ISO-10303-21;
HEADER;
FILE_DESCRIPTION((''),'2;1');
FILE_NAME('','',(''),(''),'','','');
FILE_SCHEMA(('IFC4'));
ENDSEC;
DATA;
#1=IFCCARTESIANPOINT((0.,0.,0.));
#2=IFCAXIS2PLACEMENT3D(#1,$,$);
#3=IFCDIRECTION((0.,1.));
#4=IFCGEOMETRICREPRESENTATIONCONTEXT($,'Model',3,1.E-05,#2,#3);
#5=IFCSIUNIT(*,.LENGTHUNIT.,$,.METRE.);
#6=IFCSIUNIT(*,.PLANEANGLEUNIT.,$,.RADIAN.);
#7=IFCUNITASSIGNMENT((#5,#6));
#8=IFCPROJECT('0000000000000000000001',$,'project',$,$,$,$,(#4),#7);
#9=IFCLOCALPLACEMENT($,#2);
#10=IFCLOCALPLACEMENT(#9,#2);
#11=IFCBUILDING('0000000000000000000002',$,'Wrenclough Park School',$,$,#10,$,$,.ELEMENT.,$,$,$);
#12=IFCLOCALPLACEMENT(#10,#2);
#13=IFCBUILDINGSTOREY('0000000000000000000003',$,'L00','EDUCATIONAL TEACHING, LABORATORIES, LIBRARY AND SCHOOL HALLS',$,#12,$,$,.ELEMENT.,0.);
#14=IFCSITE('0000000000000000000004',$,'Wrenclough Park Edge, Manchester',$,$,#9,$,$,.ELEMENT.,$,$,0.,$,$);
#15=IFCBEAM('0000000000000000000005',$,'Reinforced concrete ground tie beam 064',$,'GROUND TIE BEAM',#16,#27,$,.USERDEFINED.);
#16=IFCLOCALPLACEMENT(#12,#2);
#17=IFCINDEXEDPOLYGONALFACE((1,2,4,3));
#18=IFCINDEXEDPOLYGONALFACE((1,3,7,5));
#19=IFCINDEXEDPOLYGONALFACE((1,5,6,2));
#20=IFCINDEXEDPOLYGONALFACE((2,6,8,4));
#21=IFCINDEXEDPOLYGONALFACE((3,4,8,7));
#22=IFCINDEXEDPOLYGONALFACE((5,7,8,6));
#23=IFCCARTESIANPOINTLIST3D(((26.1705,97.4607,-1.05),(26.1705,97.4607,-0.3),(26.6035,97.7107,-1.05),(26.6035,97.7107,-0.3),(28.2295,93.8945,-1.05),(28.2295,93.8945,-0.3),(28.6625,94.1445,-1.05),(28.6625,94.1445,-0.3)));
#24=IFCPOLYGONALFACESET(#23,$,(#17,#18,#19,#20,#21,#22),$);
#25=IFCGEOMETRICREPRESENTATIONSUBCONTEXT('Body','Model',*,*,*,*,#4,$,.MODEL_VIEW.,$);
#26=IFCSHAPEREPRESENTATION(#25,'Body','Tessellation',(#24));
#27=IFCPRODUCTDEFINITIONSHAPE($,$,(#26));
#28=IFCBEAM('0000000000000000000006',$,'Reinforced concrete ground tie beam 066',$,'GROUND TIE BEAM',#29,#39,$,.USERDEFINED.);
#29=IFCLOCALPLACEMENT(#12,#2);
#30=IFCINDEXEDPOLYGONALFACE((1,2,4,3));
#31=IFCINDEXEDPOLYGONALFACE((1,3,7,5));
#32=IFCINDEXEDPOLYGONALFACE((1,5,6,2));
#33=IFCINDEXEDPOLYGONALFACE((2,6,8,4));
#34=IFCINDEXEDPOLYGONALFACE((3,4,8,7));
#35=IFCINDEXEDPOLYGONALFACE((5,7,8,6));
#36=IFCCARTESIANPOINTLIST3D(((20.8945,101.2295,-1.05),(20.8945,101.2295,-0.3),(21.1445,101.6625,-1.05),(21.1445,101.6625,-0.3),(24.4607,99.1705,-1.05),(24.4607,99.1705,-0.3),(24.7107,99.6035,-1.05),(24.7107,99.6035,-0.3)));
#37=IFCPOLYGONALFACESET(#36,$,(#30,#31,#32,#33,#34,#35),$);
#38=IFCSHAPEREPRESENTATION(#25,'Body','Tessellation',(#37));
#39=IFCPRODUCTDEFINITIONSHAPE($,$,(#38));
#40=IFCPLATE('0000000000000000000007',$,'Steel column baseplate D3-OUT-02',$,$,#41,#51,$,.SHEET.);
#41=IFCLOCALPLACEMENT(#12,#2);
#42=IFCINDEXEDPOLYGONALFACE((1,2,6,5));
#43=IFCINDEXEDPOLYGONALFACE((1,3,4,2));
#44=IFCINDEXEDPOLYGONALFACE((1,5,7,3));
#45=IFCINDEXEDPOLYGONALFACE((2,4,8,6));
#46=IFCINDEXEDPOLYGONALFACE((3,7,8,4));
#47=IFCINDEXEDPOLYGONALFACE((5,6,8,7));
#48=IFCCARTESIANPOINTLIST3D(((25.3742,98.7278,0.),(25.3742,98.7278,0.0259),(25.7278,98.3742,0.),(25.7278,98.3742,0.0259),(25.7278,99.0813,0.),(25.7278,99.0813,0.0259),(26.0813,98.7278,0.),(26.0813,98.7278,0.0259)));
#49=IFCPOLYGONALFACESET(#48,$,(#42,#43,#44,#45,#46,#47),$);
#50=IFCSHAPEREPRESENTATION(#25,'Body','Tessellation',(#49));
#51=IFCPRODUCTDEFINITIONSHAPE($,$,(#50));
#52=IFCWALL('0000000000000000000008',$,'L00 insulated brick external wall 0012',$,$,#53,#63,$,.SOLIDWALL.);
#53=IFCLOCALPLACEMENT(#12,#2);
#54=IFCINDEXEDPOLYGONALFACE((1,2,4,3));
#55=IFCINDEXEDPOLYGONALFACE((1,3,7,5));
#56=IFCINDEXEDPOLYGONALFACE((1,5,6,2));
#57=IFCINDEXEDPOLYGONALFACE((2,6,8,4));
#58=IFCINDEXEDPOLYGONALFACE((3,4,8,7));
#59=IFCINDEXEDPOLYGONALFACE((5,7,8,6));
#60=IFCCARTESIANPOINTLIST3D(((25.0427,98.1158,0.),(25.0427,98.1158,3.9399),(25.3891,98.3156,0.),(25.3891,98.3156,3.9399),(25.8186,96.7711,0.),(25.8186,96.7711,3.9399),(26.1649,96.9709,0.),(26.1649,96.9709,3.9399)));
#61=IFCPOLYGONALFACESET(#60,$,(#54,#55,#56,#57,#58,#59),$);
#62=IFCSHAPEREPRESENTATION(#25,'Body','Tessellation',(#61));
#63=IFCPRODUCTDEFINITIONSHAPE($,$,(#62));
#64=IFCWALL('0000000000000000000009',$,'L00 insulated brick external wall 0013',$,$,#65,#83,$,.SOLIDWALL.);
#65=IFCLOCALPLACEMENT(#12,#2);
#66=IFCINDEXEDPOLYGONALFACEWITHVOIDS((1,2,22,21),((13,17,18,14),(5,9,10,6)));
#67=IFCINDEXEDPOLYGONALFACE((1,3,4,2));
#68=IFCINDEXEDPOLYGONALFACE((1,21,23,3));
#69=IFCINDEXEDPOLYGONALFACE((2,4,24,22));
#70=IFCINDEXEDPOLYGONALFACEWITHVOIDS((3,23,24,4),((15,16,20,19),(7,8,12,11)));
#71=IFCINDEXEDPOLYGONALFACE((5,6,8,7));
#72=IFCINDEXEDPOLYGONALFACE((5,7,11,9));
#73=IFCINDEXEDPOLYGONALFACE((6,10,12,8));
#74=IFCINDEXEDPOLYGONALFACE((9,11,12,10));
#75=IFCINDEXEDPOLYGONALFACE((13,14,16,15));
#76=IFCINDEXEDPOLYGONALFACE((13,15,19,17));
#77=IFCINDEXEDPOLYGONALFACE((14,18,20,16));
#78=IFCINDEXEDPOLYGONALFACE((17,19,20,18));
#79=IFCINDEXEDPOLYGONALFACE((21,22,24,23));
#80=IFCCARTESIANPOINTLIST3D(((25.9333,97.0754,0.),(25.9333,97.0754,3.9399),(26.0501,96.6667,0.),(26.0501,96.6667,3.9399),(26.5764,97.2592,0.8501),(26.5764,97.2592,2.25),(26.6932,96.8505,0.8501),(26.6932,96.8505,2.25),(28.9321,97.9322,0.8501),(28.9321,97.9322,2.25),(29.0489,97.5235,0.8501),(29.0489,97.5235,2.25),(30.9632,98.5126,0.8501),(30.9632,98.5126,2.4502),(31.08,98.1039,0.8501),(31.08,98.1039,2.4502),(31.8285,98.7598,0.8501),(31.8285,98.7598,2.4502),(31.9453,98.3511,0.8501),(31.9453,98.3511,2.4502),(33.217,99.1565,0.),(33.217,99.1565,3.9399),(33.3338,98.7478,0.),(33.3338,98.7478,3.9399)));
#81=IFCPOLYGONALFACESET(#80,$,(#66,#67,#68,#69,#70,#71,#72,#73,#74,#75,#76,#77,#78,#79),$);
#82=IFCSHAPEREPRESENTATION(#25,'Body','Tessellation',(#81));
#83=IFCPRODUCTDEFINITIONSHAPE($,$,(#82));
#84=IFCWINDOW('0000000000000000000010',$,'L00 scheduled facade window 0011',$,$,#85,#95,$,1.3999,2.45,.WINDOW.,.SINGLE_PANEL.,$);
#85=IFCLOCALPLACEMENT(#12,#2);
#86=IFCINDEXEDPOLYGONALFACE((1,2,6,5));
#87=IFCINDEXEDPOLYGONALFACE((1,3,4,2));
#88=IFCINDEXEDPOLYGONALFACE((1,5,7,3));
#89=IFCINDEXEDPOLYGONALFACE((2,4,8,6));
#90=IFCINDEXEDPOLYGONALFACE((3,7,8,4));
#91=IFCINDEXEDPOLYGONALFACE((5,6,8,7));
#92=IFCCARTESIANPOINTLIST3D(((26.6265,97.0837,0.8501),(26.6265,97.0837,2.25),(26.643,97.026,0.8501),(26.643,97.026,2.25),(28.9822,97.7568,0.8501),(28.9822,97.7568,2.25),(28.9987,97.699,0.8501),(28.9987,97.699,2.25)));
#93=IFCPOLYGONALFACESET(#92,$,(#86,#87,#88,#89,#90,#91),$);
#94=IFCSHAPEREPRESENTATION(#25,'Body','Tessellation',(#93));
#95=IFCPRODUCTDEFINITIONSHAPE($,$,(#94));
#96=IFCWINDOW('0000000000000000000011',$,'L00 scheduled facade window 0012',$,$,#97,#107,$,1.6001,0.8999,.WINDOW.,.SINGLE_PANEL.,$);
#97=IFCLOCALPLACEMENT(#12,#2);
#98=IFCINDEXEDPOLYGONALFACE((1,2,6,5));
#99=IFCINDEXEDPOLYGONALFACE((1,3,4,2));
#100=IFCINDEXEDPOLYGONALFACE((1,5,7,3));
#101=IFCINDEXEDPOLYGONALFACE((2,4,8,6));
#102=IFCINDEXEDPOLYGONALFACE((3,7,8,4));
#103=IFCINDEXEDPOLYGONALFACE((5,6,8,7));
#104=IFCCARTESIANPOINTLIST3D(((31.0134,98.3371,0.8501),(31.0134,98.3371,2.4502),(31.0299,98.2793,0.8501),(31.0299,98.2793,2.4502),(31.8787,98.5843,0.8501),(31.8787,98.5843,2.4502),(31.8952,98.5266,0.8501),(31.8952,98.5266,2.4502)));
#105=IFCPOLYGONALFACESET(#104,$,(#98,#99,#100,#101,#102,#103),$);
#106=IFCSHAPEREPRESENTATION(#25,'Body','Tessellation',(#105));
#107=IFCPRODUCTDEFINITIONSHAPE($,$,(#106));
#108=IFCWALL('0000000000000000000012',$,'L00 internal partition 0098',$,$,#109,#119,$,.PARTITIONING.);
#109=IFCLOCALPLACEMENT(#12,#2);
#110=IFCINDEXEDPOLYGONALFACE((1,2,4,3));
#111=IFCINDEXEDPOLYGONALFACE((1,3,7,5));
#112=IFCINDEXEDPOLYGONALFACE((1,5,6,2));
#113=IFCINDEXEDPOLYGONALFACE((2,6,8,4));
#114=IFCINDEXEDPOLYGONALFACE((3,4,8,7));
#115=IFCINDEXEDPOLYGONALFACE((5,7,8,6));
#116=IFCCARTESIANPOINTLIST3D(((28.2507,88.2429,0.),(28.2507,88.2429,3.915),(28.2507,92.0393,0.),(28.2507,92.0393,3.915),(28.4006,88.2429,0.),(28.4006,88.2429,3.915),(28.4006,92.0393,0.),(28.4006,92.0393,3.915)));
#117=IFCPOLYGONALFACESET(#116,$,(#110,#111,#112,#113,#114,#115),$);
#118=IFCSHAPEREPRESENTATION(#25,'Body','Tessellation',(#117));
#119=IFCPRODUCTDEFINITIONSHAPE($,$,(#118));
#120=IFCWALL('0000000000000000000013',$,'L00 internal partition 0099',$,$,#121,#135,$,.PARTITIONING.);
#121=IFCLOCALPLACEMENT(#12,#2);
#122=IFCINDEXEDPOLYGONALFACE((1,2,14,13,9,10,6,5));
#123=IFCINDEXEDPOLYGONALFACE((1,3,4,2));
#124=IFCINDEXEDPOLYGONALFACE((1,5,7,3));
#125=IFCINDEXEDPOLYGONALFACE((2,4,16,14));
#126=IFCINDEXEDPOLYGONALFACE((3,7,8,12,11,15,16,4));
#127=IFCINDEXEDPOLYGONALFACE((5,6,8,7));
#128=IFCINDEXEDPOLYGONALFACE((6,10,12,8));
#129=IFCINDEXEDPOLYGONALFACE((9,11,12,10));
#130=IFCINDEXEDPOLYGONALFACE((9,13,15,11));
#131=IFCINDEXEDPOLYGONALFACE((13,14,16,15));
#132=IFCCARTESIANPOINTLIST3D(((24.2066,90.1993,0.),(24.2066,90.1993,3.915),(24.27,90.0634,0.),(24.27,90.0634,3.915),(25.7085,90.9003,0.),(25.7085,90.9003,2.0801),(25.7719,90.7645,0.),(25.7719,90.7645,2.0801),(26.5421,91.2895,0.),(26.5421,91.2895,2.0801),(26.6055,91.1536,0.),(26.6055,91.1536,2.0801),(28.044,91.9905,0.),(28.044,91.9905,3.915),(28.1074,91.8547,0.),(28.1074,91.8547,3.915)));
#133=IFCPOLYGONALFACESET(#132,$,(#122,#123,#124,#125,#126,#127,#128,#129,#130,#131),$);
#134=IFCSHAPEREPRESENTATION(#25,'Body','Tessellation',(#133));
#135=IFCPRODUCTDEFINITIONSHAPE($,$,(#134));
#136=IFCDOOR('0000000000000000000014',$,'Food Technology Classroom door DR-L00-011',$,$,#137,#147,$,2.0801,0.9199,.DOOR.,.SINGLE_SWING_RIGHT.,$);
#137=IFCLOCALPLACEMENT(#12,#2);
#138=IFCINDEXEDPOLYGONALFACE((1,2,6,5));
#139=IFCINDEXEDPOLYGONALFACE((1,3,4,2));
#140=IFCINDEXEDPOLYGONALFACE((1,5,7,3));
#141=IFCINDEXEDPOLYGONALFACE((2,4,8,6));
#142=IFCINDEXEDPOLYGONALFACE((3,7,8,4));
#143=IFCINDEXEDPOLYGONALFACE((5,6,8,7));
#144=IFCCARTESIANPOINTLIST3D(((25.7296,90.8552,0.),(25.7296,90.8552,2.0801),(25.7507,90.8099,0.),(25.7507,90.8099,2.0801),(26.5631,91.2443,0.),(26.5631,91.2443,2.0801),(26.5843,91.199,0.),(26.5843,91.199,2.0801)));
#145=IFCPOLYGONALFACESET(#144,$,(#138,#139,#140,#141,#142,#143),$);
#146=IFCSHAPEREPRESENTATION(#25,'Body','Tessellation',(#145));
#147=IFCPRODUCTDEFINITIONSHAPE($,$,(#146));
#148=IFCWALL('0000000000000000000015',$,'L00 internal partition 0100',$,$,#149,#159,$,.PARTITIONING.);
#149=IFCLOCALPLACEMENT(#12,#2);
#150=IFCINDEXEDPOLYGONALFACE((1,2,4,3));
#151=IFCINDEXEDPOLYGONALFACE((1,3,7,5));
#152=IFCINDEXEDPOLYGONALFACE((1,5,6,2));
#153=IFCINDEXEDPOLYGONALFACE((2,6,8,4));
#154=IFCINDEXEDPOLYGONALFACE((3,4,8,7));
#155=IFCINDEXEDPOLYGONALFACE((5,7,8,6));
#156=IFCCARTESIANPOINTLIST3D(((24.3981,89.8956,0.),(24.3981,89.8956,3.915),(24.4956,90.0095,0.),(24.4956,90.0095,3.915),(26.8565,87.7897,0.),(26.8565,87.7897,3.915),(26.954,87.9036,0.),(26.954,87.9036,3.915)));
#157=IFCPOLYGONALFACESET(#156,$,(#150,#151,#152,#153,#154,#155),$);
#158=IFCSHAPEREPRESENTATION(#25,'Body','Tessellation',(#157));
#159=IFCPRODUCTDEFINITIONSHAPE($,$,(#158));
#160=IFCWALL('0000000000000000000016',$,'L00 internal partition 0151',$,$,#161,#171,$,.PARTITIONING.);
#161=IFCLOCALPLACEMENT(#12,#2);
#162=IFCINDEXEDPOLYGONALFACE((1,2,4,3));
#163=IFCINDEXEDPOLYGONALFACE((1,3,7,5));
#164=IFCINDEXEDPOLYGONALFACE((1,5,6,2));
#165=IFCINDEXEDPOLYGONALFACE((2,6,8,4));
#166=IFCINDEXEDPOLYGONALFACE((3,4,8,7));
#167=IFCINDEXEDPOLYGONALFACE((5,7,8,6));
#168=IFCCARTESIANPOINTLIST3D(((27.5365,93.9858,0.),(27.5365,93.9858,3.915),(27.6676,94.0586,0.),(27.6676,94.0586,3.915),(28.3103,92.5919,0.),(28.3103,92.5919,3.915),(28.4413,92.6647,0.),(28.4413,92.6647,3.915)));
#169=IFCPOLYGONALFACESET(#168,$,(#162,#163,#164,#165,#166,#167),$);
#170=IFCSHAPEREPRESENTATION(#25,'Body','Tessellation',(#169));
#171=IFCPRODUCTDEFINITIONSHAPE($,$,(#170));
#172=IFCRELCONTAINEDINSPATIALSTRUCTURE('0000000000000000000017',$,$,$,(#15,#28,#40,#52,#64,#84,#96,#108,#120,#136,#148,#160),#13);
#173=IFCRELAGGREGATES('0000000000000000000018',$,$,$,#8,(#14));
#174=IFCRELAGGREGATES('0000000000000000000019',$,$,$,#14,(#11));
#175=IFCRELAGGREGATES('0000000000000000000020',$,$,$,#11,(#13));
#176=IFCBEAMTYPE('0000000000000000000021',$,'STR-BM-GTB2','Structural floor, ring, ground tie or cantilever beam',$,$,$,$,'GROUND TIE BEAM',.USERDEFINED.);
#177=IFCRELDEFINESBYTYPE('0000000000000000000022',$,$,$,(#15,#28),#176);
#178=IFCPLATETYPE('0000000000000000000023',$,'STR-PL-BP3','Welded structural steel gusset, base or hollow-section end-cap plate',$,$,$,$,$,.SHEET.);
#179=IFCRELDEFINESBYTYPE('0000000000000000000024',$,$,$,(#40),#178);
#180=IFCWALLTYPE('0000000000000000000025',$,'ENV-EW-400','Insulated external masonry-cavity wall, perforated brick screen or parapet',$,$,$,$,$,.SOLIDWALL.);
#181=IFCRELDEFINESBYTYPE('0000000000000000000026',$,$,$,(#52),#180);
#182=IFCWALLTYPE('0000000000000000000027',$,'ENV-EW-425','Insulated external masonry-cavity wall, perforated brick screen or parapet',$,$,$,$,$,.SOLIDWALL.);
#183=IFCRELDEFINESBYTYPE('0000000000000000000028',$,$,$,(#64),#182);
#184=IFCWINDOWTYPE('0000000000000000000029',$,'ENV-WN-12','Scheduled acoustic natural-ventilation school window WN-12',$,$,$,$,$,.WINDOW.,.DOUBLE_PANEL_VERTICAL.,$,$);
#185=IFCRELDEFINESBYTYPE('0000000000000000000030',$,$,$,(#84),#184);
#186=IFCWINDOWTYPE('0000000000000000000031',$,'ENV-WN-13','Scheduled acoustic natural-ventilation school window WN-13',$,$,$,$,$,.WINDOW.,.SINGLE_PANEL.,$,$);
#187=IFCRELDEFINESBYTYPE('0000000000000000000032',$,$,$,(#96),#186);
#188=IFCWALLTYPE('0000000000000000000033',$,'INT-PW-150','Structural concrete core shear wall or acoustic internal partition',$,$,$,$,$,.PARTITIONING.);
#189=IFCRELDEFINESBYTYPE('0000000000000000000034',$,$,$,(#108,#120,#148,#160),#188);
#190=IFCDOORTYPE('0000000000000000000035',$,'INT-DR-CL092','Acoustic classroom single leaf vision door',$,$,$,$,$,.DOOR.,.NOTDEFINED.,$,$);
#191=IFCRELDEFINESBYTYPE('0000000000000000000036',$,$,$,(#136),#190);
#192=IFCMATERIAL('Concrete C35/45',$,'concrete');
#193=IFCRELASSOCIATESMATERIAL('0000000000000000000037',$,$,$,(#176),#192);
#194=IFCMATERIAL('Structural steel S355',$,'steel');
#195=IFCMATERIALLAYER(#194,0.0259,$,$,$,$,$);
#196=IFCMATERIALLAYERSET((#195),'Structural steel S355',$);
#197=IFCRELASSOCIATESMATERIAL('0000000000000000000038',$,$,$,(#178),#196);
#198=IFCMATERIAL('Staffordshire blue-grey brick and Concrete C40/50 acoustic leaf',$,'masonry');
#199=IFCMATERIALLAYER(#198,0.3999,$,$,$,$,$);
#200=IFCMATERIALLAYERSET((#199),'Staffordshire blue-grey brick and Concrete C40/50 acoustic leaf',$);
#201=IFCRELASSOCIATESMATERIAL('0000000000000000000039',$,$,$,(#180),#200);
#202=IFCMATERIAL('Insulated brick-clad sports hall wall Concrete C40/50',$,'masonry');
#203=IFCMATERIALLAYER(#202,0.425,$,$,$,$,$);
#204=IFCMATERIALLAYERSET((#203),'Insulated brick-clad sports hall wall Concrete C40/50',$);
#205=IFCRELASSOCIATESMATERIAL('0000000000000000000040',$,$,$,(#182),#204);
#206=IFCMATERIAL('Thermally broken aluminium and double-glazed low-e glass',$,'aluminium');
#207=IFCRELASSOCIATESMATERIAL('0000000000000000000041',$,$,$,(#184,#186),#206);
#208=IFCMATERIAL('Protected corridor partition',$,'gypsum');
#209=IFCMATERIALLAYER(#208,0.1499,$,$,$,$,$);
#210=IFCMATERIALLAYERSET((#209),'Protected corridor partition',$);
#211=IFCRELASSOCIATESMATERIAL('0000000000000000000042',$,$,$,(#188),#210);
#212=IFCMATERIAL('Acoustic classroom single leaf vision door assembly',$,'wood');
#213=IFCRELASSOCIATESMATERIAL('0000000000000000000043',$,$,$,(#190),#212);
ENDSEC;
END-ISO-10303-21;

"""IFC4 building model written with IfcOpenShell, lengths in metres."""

from ifc_helpers import new_model, si_unit, direction, frame, frame_2d, origin, origin_2d, place, context, subcontext, project, spatial, rectangle, extrude, material, layer, layer_set, material_profile, profile_set, type_object, element, fill, save


model = new_model("IFC4")

# Units and contexts
model_context = context("Model", 3, precision=1e-05, world=origin(), true_north=direction((0.0, 1.0)))
body_context = subcontext(model_context, "Body", "Model", "MODEL_VIEW")
ifc_project = project(units=[si_unit("LENGTHUNIT", "METRE"), si_unit("PLANEANGLEUNIT", "RADIAN")], contexts=[model_context])

# Site, building, storey
site_placement = place(None, origin())
site = spatial("IfcSite", under=ifc_project, at=site_placement, Name="Wrenclough Park Edge, Manchester", CompositionType="ELEMENT", RefElevation=0.0)
building_placement = place(site_placement, origin())
building = spatial("IfcBuilding", under=site, at=building_placement, Name="Wrenclough Park School", CompositionType="ELEMENT")
storey_placement = place(building_placement, origin())
storey = spatial("IfcBuildingStorey", under=building, at=storey_placement, Name="L00", Description="EDUCATIONAL TEACHING, LABORATORIES, LIBRARY AND SCHOOL HALLS", CompositionType="ELEMENT", Elevation=0.0)

# Shared definitions
ifc_material_1 = material(Name="Concrete C35/45", Category="concrete")

# Shared definitions
ifc_material_2 = material(Name="Structural steel S355", Category="steel")

# Beams
ifc_material_profile_1 = material_profile(ifc_material_1, rectangle(XDim=0.5, YDim=0.75, at=origin_2d()), Name="RC GROUND 500x750")
ifc_profile_set_1 = profile_set([ifc_material_profile_1], Name="Concrete C35/45")
beam_type_1 = type_object("IfcBeamType", Name="STR-BM-GTB2", Description="Structural floor, ring, ground tie or cantilever beam", ElementType="GROUND TIE BEAM", PredefinedType="USERDEFINED", material=ifc_profile_set_1)
for number, where, z_axis, x_axis, name in (
    (1, (28.446, 94.0195, -0.675), (-0.500029, 0.866009, 0.0), (-0.866009, -0.500029, 0.0), "Reinforced concrete ground tie beam 064"),
    (2, (24.5857, 99.387, -0.675), (-0.866009, 0.500029, 0.0), (-0.500029, -0.866009, 0.0), "Reinforced concrete ground tie beam 066"),
):
    element("IfcBeam", number, at=place(storey_placement, frame(where, z_axis=z_axis, x_axis=x_axis)), inside=storey, type_object=beam_type_1, Name=name, ObjectType="GROUND TIE BEAM", PredefinedType="USERDEFINED", context=body_context, shape_type="SweptSolid", body=[
        extrude(rectangle(XDim=0.5, YDim=0.75, at=origin_2d()), origin(), (0.0, 0.0, 1.0), 4.1179),
    ])

# Plate
ifc_layer_1 = layer(ifc_material_2, 0.0259)
ifc_layer_set_1 = layer_set([ifc_layer_1], Name="Structural steel S355")
plate_type = type_object("IfcPlateType", Name="STR-PL-BP3", Description="Welded structural steel gusset, base or hollow-section end-cap plate", PredefinedType="SHEET", material=ifc_layer_set_1)
plate_placement = place(storey_placement, frame((25.7278, 98.7278, 0.0), z_axis=(0.0, 0.0, 1.0), x_axis=(-0.707107, 0.707107, 0.0)))
element("IfcPlate", 3, at=plate_placement, inside=storey, type_object=plate_type, Name="Steel column baseplate D3-OUT-02", PredefinedType="SHEET", context=body_context, shape_type="SweptSolid", body=[
    extrude(rectangle(XDim=0.5, YDim=0.5, at=origin_2d()), origin(), (0.0, 0.0, 1.0), 0.0259),
])

# Wall
ifc_material_3 = material(Name="Staffordshire blue-grey brick and Concrete C40/50 acoustic leaf", Category="masonry")
ifc_layer_2 = layer(ifc_material_3, 0.3999)
ifc_layer_set_2 = layer_set([ifc_layer_2], Name="Staffordshire blue-grey brick and Concrete C40/50 acoustic leaf")
wall_type_1 = type_object("IfcWallType", Name="ENV-EW-400", Description="Insulated external masonry-cavity wall, perforated brick screen or parapet", PredefinedType="SOLIDWALL", material=ifc_layer_set_2)
wall_1_placement = place(storey_placement, frame((25.2158, 98.2158, 0.0), z_axis=(0.0, 0.0, 1.0), x_axis=(0.499759, -0.866165, 0.0)))
element("IfcWall", 4, at=wall_1_placement, inside=storey, type_object=wall_type_1, Name="L00 insulated brick external wall 0012", PredefinedType="SOLIDWALL", context=body_context, shape_type="SweptSolid", body=[
    extrude(rectangle(XDim=1.5525, YDim=0.3999, at=frame_2d((0.7764, 0.0))), origin(), (0.0, 0.0, 1.0), 3.9399),
])

# Wall, openings, windows
ifc_material_4 = material(Name="Insulated brick-clad sports hall wall Concrete C40/50", Category="masonry")
ifc_layer_3 = layer(ifc_material_4, 0.425)
ifc_layer_set_3 = layer_set([ifc_layer_3], Name="Insulated brick-clad sports hall wall Concrete C40/50")
wall_type_2 = type_object("IfcWallType", Name="ENV-EW-425", Description="Insulated external masonry-cavity wall, perforated brick screen or parapet", PredefinedType="SOLIDWALL", material=ifc_layer_set_3)
wall_2_placement = place(storey_placement, frame((25.9917, 96.8711, 0.0), z_axis=(0.0, 0.0, 1.0), x_axis=(0.961524, 0.274721, 0.0)))
wall_2 = element("IfcWall", 5, at=wall_2_placement, inside=storey, type_object=wall_type_2, Name="L00 insulated brick external wall 0013", PredefinedType="SOLIDWALL", context=body_context, shape_type="SweptSolid", body=[
    extrude(rectangle(XDim=7.5752, YDim=0.425, at=frame_2d((3.7876, 0.0))), origin(), (0.0, 0.0, 1.0), 3.9399),
])
opening_1_placement = place(wall_2_placement, frame((0.6687, 0.0, 0.8501)))
opening_1 = element("IfcOpeningElement", 6, at=opening_1_placement, cuts=wall_2, PredefinedType="OPENING", context=body_context, shape_type="SweptSolid", body=[
    extrude(rectangle(XDim=2.45, YDim=1.3999, at=frame_2d((1.2251, 0.7))), frame((0.0, 0.2224, 0.0), z_axis=(0.0, -1.0, 0.0), x_axis=(1.0, 0.0, 0.0)), (0.0, 0.0, 1.0), 0.4451),
])
opening_2_placement = place(wall_2_placement, frame((5.2312, 0.0, 0.8501)))
opening_2 = element("IfcOpeningElement", 7, at=opening_2_placement, cuts=wall_2, PredefinedType="OPENING", context=body_context, shape_type="SweptSolid", body=[
    extrude(rectangle(XDim=0.8999, YDim=1.6001, at=frame_2d((0.45, 0.8))), frame((0.0, 0.2224, 0.0), z_axis=(0.0, -1.0, 0.0), x_axis=(1.0, 0.0, 0.0)), (0.0, 0.0, 1.0), 0.4451),
])
ifc_material_5 = material(Name="Thermally broken aluminium and double-glazed low-e glass", Category="aluminium")
window_type_1 = type_object("IfcWindowType", Name="ENV-WN-12", Description="Scheduled acoustic natural-ventilation school window WN-12", PartitioningType="DOUBLE_PANEL_VERTICAL", PredefinedType="WINDOW", material=ifc_material_5)
window_1_placement = place(opening_1_placement, origin())
window_1 = element("IfcWindow", 8, at=window_1_placement, inside=storey, type_object=window_type_1, Name="L00 scheduled facade window 0011", OverallHeight=1.3999, OverallWidth=2.45, PartitioningType="SINGLE_PANEL", PredefinedType="WINDOW", context=body_context, shape_type="SweptSolid", body=[
    extrude(rectangle(XDim=2.45, YDim=1.3999, at=frame_2d((1.2251, 0.7))), frame((0.0, 0.03, 0.0), z_axis=(0.0, -1.0, 0.0), x_axis=(1.0, 0.0, 0.0)), (0.0, 0.0, 1.0), 0.0601),
])
fill(opening_1, window_1)
window_type_2 = type_object("IfcWindowType", Name="ENV-WN-13", Description="Scheduled acoustic natural-ventilation school window WN-13", PartitioningType="SINGLE_PANEL", PredefinedType="WINDOW", material=ifc_material_5)
window_2_placement = place(opening_2_placement, origin())
window_2 = element("IfcWindow", 9, at=window_2_placement, inside=storey, type_object=window_type_2, Name="L00 scheduled facade window 0012", OverallHeight=1.6001, OverallWidth=0.8999, PartitioningType="SINGLE_PANEL", PredefinedType="WINDOW", context=body_context, shape_type="SweptSolid", body=[
    extrude(rectangle(XDim=0.8999, YDim=1.6001, at=frame_2d((0.45, 0.8))), frame((0.0, 0.03, 0.0), z_axis=(0.0, -1.0, 0.0), x_axis=(1.0, 0.0, 0.0)), (0.0, 0.0, 1.0), 0.0601),
])
fill(opening_2, window_2)

# Wall
ifc_material_6 = material(Name="Protected corridor partition", Category="gypsum")
ifc_layer_4 = layer(ifc_material_6, 0.1499)
ifc_layer_set_4 = layer_set([ifc_layer_4], Name="Protected corridor partition")
wall_type_3 = type_object("IfcWallType", Name="INT-PW-150", Description="Structural concrete core shear wall or acoustic internal partition", PredefinedType="PARTITIONING", material=ifc_layer_set_4)
wall_3_placement = place(storey_placement, frame((28.3257, 88.2429, 0.0), z_axis=(0.0, 0.0, 1.0), x_axis=(0.0, 1.0, 0.0)))
element("IfcWall", 10, at=wall_3_placement, inside=storey, type_object=wall_type_3, Name="L00 internal partition 0098", PredefinedType="PARTITIONING", context=body_context, shape_type="SweptSolid", body=[
    extrude(rectangle(XDim=3.7964, YDim=0.1499, at=frame_2d((1.8982, 0.0))), origin(), (0.0, 0.0, 1.0), 3.915),
])

# Wall, opening, door
wall_4_placement = place(storey_placement, frame((28.0757, 91.9226, 0.0), z_axis=(0.0, 0.0, 1.0), x_axis=(-0.90614, -0.422977, 0.0)))
wall_4 = element("IfcWall", 11, at=wall_4_placement, inside=storey, type_object=wall_type_3, Name="L00 internal partition 0099", PredefinedType="PARTITIONING", context=body_context, shape_type="SweptSolid", body=[
    extrude(rectangle(XDim=4.2349, YDim=0.1499, at=frame_2d((2.1174, 0.0))), origin(), (0.0, 0.0, 1.0), 3.915),
])
opening_3_placement = place(wall_4_placement, frame((1.6575, 0.0, 0.0)))
opening_3 = element("IfcOpeningElement", 12, at=opening_3_placement, cuts=wall_4, PredefinedType="OPENING", context=body_context, shape_type="SweptSolid", body=[
    extrude(rectangle(XDim=0.9199, YDim=2.0801, at=frame_2d((0.46, 1.04))), frame((0.0, 0.085, 0.0), z_axis=(0.0, -1.0, 0.0), x_axis=(1.0, 0.0, 0.0)), (0.0, 0.0, 1.0), 0.1699),
])
ifc_material_7 = material(Name="Acoustic classroom single leaf vision door assembly", Category="wood")
door_type = type_object("IfcDoorType", Name="INT-DR-CL092", Description="Acoustic classroom single leaf vision door", OperationType="NOTDEFINED", PredefinedType="DOOR", material=ifc_material_7)
door_placement = place(opening_3_placement, origin())
door = element("IfcDoor", 13, at=door_placement, inside=storey, type_object=door_type, Name="Food Technology Classroom door DR-L00-011", OperationType="SINGLE_SWING_RIGHT", OverallHeight=2.0801, OverallWidth=0.9199, PredefinedType="DOOR", context=body_context, shape_type="SweptSolid", body=[
    extrude(rectangle(XDim=0.9199, YDim=2.0801, at=frame_2d((0.46, 1.04))), frame((0.0, 0.0249, 0.0), z_axis=(0.0, -1.0, 0.0), x_axis=(1.0, 0.0, 0.0)), (0.0, 0.0, 1.0), 0.05),
])
fill(opening_3, door)

# Walls
wall_5_placement = place(storey_placement, frame((24.4468, 89.9526, 0.0), z_axis=(0.0, 0.0, 1.0), x_axis=(0.759459, -0.650555, 0.0)))
element("IfcWall", 14, at=wall_5_placement, inside=storey, type_object=wall_type_3, Name="L00 internal partition 0100", PredefinedType="PARTITIONING", context=body_context, shape_type="SweptSolid", body=[
    extrude(rectangle(XDim=3.2371, YDim=0.1499, at=frame_2d((1.6187, 0.0))), origin(), (0.0, 0.0, 1.0), 3.915),
])
wall_6_placement = place(storey_placement, frame((27.6021, 94.0222, 0.0), z_axis=(0.0, 0.0, 1.0), x_axis=(0.485331, -0.874331, 0.0)))
element("IfcWall", 15, at=wall_6_placement, inside=storey, type_object=wall_type_3, Name="L00 internal partition 0151", PredefinedType="PARTITIONING", context=body_context, shape_type="SweptSolid", body=[
    extrude(rectangle(XDim=1.5942, YDim=0.1499, at=frame_2d((0.7971, 0.0))), origin(), (0.0, 0.0, 1.0), 3.915),
])

save(model, "model.ifc")
